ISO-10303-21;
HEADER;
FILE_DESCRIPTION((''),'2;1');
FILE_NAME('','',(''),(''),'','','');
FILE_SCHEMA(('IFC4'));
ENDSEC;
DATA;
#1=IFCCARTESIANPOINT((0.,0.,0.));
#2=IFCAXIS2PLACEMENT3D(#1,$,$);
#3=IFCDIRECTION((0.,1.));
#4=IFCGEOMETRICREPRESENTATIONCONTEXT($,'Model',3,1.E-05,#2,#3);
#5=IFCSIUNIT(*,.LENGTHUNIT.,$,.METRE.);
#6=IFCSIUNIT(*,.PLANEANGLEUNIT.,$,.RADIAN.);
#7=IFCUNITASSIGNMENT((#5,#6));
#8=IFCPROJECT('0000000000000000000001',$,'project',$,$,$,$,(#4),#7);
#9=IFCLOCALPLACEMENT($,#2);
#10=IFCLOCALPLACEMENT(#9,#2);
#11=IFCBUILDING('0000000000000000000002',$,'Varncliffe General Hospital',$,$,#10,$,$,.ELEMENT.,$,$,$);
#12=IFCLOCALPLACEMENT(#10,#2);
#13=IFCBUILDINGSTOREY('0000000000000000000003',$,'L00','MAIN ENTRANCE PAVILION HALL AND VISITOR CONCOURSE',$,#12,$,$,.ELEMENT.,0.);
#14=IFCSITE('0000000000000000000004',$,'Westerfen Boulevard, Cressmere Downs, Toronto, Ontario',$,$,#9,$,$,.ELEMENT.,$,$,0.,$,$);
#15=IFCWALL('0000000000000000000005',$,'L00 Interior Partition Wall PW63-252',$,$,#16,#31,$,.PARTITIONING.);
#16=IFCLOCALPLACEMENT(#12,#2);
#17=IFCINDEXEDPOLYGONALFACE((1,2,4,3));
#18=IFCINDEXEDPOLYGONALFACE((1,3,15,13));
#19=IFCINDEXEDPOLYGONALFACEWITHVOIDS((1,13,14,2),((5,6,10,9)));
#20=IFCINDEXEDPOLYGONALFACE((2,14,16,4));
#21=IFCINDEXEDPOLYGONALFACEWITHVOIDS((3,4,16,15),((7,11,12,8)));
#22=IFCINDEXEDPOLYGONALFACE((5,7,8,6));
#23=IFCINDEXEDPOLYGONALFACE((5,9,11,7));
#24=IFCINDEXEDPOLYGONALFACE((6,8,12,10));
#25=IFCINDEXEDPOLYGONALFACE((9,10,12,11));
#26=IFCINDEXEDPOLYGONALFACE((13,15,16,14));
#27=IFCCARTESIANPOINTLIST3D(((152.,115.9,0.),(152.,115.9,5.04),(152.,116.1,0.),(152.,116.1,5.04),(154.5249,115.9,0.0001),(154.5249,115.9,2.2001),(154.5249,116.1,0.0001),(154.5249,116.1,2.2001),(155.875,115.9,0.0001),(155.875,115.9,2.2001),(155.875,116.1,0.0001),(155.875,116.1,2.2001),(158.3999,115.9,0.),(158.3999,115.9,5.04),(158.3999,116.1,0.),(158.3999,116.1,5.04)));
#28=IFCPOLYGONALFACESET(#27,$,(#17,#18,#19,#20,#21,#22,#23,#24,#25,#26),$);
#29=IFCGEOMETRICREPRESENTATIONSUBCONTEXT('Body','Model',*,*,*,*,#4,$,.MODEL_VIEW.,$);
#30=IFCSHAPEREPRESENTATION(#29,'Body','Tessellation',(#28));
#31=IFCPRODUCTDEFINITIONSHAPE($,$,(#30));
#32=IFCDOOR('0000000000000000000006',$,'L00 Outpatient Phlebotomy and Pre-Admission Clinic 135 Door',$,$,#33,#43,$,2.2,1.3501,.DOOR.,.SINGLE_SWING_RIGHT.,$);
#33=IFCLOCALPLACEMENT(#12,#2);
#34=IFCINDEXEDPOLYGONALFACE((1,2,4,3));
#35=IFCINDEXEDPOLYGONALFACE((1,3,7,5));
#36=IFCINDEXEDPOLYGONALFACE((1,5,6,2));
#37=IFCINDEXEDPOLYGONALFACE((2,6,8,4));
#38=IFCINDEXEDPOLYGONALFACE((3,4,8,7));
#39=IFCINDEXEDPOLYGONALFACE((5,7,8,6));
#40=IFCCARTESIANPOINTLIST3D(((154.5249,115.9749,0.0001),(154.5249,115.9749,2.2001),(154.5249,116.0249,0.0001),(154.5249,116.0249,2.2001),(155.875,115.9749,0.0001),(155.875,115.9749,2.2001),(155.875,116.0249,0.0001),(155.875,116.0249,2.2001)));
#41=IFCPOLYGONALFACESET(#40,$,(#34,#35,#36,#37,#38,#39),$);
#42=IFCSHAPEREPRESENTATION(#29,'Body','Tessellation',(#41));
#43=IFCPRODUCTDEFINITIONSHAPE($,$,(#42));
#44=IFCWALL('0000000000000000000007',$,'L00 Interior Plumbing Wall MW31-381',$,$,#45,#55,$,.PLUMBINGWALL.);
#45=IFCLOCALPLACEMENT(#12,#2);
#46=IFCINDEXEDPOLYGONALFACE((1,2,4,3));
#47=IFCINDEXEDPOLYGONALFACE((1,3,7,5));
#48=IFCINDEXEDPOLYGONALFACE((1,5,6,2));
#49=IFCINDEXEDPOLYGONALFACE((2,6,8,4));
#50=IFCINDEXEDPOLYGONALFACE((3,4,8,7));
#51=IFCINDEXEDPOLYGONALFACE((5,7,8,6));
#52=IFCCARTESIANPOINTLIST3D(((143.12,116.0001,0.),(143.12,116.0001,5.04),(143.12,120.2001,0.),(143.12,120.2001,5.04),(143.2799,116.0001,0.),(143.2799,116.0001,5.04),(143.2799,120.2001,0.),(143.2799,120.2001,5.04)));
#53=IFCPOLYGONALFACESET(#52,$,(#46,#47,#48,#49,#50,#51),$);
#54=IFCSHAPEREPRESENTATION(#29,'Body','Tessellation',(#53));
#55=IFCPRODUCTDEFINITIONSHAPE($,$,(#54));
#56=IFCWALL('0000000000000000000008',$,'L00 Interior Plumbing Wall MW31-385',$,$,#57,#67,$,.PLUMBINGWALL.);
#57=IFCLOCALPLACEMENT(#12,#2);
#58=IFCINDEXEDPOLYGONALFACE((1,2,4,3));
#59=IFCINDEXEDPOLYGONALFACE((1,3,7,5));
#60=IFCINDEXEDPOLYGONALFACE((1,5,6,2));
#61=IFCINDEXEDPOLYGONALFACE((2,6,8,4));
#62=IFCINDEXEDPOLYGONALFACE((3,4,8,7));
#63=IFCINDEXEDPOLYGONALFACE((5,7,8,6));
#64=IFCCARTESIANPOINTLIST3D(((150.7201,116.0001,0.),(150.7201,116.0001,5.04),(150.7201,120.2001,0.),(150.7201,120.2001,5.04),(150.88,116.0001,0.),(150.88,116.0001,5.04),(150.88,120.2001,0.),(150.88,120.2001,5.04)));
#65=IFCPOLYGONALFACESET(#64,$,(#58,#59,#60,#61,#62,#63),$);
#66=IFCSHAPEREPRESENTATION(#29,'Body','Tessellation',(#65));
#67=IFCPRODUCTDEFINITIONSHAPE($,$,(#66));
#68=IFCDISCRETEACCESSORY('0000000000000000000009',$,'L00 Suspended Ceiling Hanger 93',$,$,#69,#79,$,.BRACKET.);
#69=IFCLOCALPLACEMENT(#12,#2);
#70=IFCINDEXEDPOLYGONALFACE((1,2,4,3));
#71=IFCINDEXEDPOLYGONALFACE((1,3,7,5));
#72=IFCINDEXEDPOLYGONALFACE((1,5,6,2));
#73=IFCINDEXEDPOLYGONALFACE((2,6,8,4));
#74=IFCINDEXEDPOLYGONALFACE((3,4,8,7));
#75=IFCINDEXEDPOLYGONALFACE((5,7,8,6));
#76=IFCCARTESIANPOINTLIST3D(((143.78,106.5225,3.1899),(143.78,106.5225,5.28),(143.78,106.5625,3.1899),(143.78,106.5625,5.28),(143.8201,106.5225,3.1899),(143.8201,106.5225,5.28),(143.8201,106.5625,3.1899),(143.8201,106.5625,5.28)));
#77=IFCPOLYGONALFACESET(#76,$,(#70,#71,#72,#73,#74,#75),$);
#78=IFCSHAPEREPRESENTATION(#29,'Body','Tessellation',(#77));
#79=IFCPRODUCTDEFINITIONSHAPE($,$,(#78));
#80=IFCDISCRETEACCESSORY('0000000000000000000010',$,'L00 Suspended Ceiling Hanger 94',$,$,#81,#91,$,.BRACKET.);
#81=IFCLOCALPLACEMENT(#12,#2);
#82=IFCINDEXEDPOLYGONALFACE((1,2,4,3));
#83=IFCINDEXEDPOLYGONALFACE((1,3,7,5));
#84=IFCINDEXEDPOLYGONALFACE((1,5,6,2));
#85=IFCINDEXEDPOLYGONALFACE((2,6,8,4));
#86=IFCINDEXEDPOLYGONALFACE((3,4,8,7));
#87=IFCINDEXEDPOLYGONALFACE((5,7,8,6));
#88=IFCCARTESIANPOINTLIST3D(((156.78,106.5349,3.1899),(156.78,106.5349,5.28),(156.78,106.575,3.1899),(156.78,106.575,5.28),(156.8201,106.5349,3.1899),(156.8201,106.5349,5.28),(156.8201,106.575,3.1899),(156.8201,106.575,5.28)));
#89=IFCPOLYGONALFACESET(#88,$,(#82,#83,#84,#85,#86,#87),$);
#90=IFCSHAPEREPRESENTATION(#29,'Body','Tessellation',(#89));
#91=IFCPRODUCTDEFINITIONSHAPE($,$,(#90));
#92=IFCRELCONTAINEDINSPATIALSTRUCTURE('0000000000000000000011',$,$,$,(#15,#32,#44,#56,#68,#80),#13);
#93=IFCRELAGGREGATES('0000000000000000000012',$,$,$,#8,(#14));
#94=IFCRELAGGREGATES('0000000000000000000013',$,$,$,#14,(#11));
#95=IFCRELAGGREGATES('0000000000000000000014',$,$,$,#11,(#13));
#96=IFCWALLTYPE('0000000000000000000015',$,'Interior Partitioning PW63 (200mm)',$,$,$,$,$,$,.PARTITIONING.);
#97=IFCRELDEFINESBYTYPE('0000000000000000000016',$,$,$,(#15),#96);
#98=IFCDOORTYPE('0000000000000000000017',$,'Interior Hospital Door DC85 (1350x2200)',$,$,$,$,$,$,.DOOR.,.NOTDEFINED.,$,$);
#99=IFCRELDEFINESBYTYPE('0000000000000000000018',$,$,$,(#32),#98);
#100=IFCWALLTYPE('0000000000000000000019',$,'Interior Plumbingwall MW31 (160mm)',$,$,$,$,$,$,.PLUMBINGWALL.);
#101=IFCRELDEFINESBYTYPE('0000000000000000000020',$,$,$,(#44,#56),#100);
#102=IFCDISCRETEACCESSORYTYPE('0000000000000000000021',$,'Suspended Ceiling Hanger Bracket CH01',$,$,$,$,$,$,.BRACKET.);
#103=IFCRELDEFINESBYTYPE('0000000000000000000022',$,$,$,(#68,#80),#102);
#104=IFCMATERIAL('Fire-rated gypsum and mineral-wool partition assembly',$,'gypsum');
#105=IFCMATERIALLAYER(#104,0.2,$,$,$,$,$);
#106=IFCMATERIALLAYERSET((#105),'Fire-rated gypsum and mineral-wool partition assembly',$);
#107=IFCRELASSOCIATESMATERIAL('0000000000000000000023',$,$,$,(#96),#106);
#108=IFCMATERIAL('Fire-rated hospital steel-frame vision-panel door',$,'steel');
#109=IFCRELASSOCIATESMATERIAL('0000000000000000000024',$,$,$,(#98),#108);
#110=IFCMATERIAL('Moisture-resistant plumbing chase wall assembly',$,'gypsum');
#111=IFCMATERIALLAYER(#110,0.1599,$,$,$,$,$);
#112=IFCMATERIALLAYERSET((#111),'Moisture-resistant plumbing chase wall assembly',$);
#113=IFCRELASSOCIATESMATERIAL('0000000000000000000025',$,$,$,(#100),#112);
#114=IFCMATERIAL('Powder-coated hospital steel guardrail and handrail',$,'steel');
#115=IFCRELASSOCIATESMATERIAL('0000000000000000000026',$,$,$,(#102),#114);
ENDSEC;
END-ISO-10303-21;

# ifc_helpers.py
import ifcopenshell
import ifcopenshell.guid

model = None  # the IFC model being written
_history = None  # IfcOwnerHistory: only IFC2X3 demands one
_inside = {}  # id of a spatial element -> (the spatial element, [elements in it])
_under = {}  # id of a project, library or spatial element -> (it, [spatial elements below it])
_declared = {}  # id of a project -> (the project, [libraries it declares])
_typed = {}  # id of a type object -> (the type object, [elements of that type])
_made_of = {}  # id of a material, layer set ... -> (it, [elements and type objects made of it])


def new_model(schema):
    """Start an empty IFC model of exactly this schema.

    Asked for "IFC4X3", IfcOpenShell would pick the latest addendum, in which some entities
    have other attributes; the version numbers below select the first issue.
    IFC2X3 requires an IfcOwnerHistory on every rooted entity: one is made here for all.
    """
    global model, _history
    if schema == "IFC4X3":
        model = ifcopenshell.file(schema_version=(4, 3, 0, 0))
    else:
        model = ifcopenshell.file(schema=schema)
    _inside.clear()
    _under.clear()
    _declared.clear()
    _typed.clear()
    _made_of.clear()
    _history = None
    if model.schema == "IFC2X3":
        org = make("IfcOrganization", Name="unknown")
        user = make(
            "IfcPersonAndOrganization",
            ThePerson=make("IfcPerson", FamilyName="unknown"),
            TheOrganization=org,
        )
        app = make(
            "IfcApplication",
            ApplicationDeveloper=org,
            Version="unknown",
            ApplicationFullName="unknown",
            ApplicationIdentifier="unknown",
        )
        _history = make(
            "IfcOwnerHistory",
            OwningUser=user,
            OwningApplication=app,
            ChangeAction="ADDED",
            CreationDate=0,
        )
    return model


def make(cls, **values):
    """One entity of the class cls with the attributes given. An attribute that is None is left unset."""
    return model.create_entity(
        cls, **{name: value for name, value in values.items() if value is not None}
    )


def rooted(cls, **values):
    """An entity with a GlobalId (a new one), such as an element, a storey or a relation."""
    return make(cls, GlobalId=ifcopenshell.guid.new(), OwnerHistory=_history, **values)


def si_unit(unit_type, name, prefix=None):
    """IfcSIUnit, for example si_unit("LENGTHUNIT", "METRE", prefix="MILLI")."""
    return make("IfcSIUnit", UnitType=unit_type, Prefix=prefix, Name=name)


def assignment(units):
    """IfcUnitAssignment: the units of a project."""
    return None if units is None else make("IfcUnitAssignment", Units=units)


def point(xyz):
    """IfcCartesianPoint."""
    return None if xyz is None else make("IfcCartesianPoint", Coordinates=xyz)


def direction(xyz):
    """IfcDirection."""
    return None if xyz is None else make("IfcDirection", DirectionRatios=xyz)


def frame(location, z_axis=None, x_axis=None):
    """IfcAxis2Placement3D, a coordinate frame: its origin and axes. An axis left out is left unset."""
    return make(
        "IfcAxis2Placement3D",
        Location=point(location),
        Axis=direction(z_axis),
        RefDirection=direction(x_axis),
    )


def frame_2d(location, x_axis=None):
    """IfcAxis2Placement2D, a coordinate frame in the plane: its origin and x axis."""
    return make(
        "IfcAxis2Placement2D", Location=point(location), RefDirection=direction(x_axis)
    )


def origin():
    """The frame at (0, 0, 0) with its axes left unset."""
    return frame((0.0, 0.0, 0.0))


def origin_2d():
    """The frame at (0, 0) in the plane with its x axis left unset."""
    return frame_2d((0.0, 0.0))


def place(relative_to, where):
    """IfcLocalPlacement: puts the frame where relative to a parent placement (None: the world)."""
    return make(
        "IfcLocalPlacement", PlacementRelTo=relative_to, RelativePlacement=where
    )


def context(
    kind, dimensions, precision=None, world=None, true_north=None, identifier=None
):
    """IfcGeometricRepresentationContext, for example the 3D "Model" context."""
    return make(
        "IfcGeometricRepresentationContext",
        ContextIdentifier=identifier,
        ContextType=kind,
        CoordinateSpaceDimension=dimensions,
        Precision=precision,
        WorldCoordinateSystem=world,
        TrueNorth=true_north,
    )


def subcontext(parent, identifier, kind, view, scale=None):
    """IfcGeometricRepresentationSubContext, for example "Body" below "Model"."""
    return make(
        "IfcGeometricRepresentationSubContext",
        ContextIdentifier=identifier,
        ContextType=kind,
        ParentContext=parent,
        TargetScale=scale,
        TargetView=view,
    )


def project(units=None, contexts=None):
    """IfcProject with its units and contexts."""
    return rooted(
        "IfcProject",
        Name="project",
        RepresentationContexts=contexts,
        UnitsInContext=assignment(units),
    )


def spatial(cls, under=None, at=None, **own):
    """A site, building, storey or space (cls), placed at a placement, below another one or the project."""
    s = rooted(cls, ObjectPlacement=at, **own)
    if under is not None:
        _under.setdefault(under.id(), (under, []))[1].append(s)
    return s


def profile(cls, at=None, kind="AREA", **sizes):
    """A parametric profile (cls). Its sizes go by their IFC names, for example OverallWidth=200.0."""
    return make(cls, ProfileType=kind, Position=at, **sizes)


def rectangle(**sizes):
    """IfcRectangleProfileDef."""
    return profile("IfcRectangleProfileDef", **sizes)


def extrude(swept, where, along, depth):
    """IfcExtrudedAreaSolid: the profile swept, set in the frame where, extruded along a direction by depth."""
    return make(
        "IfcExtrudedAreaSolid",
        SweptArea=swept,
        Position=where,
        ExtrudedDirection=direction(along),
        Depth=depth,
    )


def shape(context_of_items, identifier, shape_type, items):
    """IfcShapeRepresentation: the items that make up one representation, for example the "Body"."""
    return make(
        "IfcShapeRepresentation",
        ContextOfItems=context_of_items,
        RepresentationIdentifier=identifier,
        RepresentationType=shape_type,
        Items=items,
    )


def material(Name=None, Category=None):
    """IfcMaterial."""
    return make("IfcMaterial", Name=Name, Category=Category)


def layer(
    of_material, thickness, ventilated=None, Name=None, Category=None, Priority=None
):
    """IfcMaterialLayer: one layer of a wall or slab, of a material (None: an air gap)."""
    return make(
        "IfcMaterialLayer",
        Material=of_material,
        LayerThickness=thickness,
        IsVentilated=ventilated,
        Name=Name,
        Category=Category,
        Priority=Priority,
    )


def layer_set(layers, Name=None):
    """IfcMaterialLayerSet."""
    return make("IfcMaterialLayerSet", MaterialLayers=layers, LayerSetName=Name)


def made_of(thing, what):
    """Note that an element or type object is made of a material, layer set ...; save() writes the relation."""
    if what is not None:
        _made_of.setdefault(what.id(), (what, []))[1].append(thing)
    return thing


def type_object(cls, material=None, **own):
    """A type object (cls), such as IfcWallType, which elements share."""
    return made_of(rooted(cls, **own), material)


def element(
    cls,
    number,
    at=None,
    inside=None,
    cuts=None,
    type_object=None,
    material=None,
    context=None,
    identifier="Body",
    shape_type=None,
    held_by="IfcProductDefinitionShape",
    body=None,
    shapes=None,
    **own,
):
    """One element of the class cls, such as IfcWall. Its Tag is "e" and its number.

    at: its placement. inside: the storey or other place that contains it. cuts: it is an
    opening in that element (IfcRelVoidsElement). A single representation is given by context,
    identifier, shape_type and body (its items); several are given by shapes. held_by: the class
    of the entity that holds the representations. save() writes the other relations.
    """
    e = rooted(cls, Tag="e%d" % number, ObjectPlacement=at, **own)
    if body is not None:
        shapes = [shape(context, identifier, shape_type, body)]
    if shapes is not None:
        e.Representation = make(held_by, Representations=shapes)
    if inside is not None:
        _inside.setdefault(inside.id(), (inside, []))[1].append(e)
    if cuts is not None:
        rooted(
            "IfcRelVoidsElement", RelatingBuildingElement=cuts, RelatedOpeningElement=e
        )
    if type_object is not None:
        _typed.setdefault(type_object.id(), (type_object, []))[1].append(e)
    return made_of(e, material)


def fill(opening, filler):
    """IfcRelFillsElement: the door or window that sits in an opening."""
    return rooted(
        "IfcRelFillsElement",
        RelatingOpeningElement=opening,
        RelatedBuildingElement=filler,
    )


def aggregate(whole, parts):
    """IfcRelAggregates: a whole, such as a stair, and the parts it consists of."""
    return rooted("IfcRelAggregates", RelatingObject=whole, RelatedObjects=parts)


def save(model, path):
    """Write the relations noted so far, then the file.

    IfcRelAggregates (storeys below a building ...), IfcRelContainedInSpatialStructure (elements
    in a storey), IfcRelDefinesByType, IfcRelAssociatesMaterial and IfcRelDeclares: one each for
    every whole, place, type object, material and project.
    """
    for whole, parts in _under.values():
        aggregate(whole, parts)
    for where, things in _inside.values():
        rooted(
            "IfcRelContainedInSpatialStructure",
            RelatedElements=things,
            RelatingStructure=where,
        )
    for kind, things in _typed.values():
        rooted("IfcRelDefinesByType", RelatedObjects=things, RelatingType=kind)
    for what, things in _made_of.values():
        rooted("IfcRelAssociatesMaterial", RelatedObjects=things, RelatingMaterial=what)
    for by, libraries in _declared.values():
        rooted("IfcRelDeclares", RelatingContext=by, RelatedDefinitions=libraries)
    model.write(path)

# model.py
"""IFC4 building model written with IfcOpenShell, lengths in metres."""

from ifc_helpers import new_model, si_unit, direction, frame, frame_2d, origin, origin_2d, place, context, subcontext, project, spatial, rectangle, extrude, material, layer, layer_set, type_object, element, fill, save


model = new_model("IFC4")

# Units and contexts
model_context = context("Model", 3, precision=1e-05, world=origin(), true_north=direction((0.0, 1.0)))
body_context = subcontext(model_context, "Body", "Model", "MODEL_VIEW")
ifc_project = project(units=[si_unit("LENGTHUNIT", "METRE"), si_unit("PLANEANGLEUNIT", "RADIAN")], contexts=[model_context])

# Site, building, storey
site_placement = place(None, origin())
site = spatial("IfcSite", under=ifc_project, at=site_placement, Name="Westerfen Boulevard, Cressmere Downs, Toronto, Ontario", CompositionType="ELEMENT", RefElevation=0.0)
building_placement = place(site_placement, origin())
building = spatial("IfcBuilding", under=site, at=building_placement, Name="Varncliffe General Hospital", CompositionType="ELEMENT")
storey_placement = place(building_placement, origin())
storey = spatial("IfcBuildingStorey", under=building, at=storey_placement, Name="L00", Description="MAIN ENTRANCE PAVILION HALL AND VISITOR CONCOURSE", CompositionType="ELEMENT", Elevation=0.0)

# Wall, opening, door
ifc_material_1 = material(Name="Fire-rated gypsum and mineral-wool partition assembly", Category="gypsum")
ifc_material_2 = material(Name="Fire-rated hospital steel-frame vision-panel door", Category="steel")
ifc_layer_1 = layer(ifc_material_1, 0.2)
ifc_layer_set_1 = layer_set([ifc_layer_1], Name="Fire-rated gypsum and mineral-wool partition assembly")
wall_type_1 = type_object("IfcWallType", Name="Interior Partitioning PW63 (200mm)", PredefinedType="PARTITIONING", material=ifc_layer_set_1)
wall_1_placement = place(storey_placement, frame((152.0, 116.0, 0.0), z_axis=(0.0, 0.0, 1.0), x_axis=(1.0, 0.0, 0.0)))
wall_1 = element("IfcWall", 1, at=wall_1_placement, inside=storey, type_object=wall_type_1, Name="L00 Interior Partition Wall PW63-252", PredefinedType="PARTITIONING", context=body_context, shape_type="SweptSolid", body=[
    extrude(rectangle(XDim=6.3999, YDim=0.2, at=frame_2d((3.2, 0.0))), origin(), (0.0, 0.0, 1.0), 5.04),
])
opening_1_placement = place(wall_1_placement, frame((2.5249, 0.0, 0.0)))
opening_1 = element("IfcOpeningElement", 2, at=opening_1_placement, cuts=wall_1, PredefinedType="OPENING", context=body_context, shape_type="SweptSolid", body=[
    extrude(rectangle(XDim=1.3501, YDim=2.2, at=frame_2d((0.675, 1.1001))), frame((0.0, 0.1099, 0.0), z_axis=(0.0, -1.0, 0.0), x_axis=(1.0, 0.0, 0.0)), (0.0, 0.0, 1.0), 0.22),
])
door_type_1 = type_object("IfcDoorType", Name="Interior Hospital Door DC85 (1350x2200)", OperationType="NOTDEFINED", PredefinedType="DOOR", material=ifc_material_2)
door_1_placement = place(opening_1_placement, origin())
door_1 = element("IfcDoor", 3, at=door_1_placement, inside=storey, type_object=door_type_1, Name="L00 Outpatient Phlebotomy and Pre-Admission Clinic 135 Door", OperationType="SINGLE_SWING_RIGHT", OverallHeight=2.2, OverallWidth=1.3501, PredefinedType="DOOR", context=body_context, shape_type="SweptSolid", body=[
    extrude(rectangle(XDim=1.3501, YDim=2.2, at=frame_2d((0.675, 1.1001))), frame((0.0, 0.0249, 0.0), z_axis=(0.0, -1.0, 0.0), x_axis=(1.0, 0.0, 0.0)), (0.0, 0.0, 1.0), 0.05),
])
fill(opening_1, door_1)

# Walls
ifc_material_3 = material(Name="Moisture-resistant plumbing chase wall assembly", Category="gypsum")
ifc_layer_2 = layer(ifc_material_3, 0.1599)
ifc_layer_set_2 = layer_set([ifc_layer_2], Name="Moisture-resistant plumbing chase wall assembly")
wall_type_2 = type_object("IfcWallType", Name="Interior Plumbingwall MW31 (160mm)", PredefinedType="PLUMBINGWALL", material=ifc_layer_set_2)
for number, where, z_axis, x_axis, name in (
    (4, (143.2, 116.0, 0.0), (0.0, 0.0, 1.0), (0.0, 1.0, 0.0), "L00 Interior Plumbing Wall MW31-381"),
    (5, (150.8, 116.0, 0.0), (0.0, 0.0, 1.0), (0.0, 1.0, 0.0), "L00 Interior Plumbing Wall MW31-385"),
):
    element("IfcWall", number, at=place(storey_placement, frame(where, z_axis=z_axis, x_axis=x_axis)), inside=storey, type_object=wall_type_2, Name=name, PredefinedType="PLUMBINGWALL", context=body_context, shape_type="SweptSolid", body=[
        extrude(rectangle(XDim=4.2, YDim=0.1599, at=frame_2d((2.1001, 0.0))), origin(), (0.0, 0.0, 1.0), 5.04),
    ])

# Discrete accessories
ifc_material_4 = material(Name="Powder-coated hospital steel guardrail and handrail", Category="steel")
discrete_accessory_type = type_object("IfcDiscreteAccessoryType", Name="Suspended Ceiling Hanger Bracket CH01", PredefinedType="BRACKET", material=ifc_material_4)
for number, where, z_axis, x_axis, name in (
    (6, (143.8, 106.5425, 3.1899), (0.0, 0.0, 1.0), (1.0, 0.0, 0.0), "L00 Suspended Ceiling Hanger 93"),
    (7, (156.8, 106.5549, 3.1899), (0.0, 0.0, 1.0), (1.0, 0.0, 0.0), "L00 Suspended Ceiling Hanger 94"),
):
    element("IfcDiscreteAccessory", number, at=place(storey_placement, frame(where, z_axis=z_axis, x_axis=x_axis)), inside=storey, type_object=discrete_accessory_type, Name=name, PredefinedType="BRACKET", context=body_context, shape_type="SweptSolid", body=[
        extrude(rectangle(XDim=0.04, YDim=0.04, at=origin_2d()), origin(), (0.0, 0.0, 1.0), 2.0901),
    ])

save(model, "model.ifc")
